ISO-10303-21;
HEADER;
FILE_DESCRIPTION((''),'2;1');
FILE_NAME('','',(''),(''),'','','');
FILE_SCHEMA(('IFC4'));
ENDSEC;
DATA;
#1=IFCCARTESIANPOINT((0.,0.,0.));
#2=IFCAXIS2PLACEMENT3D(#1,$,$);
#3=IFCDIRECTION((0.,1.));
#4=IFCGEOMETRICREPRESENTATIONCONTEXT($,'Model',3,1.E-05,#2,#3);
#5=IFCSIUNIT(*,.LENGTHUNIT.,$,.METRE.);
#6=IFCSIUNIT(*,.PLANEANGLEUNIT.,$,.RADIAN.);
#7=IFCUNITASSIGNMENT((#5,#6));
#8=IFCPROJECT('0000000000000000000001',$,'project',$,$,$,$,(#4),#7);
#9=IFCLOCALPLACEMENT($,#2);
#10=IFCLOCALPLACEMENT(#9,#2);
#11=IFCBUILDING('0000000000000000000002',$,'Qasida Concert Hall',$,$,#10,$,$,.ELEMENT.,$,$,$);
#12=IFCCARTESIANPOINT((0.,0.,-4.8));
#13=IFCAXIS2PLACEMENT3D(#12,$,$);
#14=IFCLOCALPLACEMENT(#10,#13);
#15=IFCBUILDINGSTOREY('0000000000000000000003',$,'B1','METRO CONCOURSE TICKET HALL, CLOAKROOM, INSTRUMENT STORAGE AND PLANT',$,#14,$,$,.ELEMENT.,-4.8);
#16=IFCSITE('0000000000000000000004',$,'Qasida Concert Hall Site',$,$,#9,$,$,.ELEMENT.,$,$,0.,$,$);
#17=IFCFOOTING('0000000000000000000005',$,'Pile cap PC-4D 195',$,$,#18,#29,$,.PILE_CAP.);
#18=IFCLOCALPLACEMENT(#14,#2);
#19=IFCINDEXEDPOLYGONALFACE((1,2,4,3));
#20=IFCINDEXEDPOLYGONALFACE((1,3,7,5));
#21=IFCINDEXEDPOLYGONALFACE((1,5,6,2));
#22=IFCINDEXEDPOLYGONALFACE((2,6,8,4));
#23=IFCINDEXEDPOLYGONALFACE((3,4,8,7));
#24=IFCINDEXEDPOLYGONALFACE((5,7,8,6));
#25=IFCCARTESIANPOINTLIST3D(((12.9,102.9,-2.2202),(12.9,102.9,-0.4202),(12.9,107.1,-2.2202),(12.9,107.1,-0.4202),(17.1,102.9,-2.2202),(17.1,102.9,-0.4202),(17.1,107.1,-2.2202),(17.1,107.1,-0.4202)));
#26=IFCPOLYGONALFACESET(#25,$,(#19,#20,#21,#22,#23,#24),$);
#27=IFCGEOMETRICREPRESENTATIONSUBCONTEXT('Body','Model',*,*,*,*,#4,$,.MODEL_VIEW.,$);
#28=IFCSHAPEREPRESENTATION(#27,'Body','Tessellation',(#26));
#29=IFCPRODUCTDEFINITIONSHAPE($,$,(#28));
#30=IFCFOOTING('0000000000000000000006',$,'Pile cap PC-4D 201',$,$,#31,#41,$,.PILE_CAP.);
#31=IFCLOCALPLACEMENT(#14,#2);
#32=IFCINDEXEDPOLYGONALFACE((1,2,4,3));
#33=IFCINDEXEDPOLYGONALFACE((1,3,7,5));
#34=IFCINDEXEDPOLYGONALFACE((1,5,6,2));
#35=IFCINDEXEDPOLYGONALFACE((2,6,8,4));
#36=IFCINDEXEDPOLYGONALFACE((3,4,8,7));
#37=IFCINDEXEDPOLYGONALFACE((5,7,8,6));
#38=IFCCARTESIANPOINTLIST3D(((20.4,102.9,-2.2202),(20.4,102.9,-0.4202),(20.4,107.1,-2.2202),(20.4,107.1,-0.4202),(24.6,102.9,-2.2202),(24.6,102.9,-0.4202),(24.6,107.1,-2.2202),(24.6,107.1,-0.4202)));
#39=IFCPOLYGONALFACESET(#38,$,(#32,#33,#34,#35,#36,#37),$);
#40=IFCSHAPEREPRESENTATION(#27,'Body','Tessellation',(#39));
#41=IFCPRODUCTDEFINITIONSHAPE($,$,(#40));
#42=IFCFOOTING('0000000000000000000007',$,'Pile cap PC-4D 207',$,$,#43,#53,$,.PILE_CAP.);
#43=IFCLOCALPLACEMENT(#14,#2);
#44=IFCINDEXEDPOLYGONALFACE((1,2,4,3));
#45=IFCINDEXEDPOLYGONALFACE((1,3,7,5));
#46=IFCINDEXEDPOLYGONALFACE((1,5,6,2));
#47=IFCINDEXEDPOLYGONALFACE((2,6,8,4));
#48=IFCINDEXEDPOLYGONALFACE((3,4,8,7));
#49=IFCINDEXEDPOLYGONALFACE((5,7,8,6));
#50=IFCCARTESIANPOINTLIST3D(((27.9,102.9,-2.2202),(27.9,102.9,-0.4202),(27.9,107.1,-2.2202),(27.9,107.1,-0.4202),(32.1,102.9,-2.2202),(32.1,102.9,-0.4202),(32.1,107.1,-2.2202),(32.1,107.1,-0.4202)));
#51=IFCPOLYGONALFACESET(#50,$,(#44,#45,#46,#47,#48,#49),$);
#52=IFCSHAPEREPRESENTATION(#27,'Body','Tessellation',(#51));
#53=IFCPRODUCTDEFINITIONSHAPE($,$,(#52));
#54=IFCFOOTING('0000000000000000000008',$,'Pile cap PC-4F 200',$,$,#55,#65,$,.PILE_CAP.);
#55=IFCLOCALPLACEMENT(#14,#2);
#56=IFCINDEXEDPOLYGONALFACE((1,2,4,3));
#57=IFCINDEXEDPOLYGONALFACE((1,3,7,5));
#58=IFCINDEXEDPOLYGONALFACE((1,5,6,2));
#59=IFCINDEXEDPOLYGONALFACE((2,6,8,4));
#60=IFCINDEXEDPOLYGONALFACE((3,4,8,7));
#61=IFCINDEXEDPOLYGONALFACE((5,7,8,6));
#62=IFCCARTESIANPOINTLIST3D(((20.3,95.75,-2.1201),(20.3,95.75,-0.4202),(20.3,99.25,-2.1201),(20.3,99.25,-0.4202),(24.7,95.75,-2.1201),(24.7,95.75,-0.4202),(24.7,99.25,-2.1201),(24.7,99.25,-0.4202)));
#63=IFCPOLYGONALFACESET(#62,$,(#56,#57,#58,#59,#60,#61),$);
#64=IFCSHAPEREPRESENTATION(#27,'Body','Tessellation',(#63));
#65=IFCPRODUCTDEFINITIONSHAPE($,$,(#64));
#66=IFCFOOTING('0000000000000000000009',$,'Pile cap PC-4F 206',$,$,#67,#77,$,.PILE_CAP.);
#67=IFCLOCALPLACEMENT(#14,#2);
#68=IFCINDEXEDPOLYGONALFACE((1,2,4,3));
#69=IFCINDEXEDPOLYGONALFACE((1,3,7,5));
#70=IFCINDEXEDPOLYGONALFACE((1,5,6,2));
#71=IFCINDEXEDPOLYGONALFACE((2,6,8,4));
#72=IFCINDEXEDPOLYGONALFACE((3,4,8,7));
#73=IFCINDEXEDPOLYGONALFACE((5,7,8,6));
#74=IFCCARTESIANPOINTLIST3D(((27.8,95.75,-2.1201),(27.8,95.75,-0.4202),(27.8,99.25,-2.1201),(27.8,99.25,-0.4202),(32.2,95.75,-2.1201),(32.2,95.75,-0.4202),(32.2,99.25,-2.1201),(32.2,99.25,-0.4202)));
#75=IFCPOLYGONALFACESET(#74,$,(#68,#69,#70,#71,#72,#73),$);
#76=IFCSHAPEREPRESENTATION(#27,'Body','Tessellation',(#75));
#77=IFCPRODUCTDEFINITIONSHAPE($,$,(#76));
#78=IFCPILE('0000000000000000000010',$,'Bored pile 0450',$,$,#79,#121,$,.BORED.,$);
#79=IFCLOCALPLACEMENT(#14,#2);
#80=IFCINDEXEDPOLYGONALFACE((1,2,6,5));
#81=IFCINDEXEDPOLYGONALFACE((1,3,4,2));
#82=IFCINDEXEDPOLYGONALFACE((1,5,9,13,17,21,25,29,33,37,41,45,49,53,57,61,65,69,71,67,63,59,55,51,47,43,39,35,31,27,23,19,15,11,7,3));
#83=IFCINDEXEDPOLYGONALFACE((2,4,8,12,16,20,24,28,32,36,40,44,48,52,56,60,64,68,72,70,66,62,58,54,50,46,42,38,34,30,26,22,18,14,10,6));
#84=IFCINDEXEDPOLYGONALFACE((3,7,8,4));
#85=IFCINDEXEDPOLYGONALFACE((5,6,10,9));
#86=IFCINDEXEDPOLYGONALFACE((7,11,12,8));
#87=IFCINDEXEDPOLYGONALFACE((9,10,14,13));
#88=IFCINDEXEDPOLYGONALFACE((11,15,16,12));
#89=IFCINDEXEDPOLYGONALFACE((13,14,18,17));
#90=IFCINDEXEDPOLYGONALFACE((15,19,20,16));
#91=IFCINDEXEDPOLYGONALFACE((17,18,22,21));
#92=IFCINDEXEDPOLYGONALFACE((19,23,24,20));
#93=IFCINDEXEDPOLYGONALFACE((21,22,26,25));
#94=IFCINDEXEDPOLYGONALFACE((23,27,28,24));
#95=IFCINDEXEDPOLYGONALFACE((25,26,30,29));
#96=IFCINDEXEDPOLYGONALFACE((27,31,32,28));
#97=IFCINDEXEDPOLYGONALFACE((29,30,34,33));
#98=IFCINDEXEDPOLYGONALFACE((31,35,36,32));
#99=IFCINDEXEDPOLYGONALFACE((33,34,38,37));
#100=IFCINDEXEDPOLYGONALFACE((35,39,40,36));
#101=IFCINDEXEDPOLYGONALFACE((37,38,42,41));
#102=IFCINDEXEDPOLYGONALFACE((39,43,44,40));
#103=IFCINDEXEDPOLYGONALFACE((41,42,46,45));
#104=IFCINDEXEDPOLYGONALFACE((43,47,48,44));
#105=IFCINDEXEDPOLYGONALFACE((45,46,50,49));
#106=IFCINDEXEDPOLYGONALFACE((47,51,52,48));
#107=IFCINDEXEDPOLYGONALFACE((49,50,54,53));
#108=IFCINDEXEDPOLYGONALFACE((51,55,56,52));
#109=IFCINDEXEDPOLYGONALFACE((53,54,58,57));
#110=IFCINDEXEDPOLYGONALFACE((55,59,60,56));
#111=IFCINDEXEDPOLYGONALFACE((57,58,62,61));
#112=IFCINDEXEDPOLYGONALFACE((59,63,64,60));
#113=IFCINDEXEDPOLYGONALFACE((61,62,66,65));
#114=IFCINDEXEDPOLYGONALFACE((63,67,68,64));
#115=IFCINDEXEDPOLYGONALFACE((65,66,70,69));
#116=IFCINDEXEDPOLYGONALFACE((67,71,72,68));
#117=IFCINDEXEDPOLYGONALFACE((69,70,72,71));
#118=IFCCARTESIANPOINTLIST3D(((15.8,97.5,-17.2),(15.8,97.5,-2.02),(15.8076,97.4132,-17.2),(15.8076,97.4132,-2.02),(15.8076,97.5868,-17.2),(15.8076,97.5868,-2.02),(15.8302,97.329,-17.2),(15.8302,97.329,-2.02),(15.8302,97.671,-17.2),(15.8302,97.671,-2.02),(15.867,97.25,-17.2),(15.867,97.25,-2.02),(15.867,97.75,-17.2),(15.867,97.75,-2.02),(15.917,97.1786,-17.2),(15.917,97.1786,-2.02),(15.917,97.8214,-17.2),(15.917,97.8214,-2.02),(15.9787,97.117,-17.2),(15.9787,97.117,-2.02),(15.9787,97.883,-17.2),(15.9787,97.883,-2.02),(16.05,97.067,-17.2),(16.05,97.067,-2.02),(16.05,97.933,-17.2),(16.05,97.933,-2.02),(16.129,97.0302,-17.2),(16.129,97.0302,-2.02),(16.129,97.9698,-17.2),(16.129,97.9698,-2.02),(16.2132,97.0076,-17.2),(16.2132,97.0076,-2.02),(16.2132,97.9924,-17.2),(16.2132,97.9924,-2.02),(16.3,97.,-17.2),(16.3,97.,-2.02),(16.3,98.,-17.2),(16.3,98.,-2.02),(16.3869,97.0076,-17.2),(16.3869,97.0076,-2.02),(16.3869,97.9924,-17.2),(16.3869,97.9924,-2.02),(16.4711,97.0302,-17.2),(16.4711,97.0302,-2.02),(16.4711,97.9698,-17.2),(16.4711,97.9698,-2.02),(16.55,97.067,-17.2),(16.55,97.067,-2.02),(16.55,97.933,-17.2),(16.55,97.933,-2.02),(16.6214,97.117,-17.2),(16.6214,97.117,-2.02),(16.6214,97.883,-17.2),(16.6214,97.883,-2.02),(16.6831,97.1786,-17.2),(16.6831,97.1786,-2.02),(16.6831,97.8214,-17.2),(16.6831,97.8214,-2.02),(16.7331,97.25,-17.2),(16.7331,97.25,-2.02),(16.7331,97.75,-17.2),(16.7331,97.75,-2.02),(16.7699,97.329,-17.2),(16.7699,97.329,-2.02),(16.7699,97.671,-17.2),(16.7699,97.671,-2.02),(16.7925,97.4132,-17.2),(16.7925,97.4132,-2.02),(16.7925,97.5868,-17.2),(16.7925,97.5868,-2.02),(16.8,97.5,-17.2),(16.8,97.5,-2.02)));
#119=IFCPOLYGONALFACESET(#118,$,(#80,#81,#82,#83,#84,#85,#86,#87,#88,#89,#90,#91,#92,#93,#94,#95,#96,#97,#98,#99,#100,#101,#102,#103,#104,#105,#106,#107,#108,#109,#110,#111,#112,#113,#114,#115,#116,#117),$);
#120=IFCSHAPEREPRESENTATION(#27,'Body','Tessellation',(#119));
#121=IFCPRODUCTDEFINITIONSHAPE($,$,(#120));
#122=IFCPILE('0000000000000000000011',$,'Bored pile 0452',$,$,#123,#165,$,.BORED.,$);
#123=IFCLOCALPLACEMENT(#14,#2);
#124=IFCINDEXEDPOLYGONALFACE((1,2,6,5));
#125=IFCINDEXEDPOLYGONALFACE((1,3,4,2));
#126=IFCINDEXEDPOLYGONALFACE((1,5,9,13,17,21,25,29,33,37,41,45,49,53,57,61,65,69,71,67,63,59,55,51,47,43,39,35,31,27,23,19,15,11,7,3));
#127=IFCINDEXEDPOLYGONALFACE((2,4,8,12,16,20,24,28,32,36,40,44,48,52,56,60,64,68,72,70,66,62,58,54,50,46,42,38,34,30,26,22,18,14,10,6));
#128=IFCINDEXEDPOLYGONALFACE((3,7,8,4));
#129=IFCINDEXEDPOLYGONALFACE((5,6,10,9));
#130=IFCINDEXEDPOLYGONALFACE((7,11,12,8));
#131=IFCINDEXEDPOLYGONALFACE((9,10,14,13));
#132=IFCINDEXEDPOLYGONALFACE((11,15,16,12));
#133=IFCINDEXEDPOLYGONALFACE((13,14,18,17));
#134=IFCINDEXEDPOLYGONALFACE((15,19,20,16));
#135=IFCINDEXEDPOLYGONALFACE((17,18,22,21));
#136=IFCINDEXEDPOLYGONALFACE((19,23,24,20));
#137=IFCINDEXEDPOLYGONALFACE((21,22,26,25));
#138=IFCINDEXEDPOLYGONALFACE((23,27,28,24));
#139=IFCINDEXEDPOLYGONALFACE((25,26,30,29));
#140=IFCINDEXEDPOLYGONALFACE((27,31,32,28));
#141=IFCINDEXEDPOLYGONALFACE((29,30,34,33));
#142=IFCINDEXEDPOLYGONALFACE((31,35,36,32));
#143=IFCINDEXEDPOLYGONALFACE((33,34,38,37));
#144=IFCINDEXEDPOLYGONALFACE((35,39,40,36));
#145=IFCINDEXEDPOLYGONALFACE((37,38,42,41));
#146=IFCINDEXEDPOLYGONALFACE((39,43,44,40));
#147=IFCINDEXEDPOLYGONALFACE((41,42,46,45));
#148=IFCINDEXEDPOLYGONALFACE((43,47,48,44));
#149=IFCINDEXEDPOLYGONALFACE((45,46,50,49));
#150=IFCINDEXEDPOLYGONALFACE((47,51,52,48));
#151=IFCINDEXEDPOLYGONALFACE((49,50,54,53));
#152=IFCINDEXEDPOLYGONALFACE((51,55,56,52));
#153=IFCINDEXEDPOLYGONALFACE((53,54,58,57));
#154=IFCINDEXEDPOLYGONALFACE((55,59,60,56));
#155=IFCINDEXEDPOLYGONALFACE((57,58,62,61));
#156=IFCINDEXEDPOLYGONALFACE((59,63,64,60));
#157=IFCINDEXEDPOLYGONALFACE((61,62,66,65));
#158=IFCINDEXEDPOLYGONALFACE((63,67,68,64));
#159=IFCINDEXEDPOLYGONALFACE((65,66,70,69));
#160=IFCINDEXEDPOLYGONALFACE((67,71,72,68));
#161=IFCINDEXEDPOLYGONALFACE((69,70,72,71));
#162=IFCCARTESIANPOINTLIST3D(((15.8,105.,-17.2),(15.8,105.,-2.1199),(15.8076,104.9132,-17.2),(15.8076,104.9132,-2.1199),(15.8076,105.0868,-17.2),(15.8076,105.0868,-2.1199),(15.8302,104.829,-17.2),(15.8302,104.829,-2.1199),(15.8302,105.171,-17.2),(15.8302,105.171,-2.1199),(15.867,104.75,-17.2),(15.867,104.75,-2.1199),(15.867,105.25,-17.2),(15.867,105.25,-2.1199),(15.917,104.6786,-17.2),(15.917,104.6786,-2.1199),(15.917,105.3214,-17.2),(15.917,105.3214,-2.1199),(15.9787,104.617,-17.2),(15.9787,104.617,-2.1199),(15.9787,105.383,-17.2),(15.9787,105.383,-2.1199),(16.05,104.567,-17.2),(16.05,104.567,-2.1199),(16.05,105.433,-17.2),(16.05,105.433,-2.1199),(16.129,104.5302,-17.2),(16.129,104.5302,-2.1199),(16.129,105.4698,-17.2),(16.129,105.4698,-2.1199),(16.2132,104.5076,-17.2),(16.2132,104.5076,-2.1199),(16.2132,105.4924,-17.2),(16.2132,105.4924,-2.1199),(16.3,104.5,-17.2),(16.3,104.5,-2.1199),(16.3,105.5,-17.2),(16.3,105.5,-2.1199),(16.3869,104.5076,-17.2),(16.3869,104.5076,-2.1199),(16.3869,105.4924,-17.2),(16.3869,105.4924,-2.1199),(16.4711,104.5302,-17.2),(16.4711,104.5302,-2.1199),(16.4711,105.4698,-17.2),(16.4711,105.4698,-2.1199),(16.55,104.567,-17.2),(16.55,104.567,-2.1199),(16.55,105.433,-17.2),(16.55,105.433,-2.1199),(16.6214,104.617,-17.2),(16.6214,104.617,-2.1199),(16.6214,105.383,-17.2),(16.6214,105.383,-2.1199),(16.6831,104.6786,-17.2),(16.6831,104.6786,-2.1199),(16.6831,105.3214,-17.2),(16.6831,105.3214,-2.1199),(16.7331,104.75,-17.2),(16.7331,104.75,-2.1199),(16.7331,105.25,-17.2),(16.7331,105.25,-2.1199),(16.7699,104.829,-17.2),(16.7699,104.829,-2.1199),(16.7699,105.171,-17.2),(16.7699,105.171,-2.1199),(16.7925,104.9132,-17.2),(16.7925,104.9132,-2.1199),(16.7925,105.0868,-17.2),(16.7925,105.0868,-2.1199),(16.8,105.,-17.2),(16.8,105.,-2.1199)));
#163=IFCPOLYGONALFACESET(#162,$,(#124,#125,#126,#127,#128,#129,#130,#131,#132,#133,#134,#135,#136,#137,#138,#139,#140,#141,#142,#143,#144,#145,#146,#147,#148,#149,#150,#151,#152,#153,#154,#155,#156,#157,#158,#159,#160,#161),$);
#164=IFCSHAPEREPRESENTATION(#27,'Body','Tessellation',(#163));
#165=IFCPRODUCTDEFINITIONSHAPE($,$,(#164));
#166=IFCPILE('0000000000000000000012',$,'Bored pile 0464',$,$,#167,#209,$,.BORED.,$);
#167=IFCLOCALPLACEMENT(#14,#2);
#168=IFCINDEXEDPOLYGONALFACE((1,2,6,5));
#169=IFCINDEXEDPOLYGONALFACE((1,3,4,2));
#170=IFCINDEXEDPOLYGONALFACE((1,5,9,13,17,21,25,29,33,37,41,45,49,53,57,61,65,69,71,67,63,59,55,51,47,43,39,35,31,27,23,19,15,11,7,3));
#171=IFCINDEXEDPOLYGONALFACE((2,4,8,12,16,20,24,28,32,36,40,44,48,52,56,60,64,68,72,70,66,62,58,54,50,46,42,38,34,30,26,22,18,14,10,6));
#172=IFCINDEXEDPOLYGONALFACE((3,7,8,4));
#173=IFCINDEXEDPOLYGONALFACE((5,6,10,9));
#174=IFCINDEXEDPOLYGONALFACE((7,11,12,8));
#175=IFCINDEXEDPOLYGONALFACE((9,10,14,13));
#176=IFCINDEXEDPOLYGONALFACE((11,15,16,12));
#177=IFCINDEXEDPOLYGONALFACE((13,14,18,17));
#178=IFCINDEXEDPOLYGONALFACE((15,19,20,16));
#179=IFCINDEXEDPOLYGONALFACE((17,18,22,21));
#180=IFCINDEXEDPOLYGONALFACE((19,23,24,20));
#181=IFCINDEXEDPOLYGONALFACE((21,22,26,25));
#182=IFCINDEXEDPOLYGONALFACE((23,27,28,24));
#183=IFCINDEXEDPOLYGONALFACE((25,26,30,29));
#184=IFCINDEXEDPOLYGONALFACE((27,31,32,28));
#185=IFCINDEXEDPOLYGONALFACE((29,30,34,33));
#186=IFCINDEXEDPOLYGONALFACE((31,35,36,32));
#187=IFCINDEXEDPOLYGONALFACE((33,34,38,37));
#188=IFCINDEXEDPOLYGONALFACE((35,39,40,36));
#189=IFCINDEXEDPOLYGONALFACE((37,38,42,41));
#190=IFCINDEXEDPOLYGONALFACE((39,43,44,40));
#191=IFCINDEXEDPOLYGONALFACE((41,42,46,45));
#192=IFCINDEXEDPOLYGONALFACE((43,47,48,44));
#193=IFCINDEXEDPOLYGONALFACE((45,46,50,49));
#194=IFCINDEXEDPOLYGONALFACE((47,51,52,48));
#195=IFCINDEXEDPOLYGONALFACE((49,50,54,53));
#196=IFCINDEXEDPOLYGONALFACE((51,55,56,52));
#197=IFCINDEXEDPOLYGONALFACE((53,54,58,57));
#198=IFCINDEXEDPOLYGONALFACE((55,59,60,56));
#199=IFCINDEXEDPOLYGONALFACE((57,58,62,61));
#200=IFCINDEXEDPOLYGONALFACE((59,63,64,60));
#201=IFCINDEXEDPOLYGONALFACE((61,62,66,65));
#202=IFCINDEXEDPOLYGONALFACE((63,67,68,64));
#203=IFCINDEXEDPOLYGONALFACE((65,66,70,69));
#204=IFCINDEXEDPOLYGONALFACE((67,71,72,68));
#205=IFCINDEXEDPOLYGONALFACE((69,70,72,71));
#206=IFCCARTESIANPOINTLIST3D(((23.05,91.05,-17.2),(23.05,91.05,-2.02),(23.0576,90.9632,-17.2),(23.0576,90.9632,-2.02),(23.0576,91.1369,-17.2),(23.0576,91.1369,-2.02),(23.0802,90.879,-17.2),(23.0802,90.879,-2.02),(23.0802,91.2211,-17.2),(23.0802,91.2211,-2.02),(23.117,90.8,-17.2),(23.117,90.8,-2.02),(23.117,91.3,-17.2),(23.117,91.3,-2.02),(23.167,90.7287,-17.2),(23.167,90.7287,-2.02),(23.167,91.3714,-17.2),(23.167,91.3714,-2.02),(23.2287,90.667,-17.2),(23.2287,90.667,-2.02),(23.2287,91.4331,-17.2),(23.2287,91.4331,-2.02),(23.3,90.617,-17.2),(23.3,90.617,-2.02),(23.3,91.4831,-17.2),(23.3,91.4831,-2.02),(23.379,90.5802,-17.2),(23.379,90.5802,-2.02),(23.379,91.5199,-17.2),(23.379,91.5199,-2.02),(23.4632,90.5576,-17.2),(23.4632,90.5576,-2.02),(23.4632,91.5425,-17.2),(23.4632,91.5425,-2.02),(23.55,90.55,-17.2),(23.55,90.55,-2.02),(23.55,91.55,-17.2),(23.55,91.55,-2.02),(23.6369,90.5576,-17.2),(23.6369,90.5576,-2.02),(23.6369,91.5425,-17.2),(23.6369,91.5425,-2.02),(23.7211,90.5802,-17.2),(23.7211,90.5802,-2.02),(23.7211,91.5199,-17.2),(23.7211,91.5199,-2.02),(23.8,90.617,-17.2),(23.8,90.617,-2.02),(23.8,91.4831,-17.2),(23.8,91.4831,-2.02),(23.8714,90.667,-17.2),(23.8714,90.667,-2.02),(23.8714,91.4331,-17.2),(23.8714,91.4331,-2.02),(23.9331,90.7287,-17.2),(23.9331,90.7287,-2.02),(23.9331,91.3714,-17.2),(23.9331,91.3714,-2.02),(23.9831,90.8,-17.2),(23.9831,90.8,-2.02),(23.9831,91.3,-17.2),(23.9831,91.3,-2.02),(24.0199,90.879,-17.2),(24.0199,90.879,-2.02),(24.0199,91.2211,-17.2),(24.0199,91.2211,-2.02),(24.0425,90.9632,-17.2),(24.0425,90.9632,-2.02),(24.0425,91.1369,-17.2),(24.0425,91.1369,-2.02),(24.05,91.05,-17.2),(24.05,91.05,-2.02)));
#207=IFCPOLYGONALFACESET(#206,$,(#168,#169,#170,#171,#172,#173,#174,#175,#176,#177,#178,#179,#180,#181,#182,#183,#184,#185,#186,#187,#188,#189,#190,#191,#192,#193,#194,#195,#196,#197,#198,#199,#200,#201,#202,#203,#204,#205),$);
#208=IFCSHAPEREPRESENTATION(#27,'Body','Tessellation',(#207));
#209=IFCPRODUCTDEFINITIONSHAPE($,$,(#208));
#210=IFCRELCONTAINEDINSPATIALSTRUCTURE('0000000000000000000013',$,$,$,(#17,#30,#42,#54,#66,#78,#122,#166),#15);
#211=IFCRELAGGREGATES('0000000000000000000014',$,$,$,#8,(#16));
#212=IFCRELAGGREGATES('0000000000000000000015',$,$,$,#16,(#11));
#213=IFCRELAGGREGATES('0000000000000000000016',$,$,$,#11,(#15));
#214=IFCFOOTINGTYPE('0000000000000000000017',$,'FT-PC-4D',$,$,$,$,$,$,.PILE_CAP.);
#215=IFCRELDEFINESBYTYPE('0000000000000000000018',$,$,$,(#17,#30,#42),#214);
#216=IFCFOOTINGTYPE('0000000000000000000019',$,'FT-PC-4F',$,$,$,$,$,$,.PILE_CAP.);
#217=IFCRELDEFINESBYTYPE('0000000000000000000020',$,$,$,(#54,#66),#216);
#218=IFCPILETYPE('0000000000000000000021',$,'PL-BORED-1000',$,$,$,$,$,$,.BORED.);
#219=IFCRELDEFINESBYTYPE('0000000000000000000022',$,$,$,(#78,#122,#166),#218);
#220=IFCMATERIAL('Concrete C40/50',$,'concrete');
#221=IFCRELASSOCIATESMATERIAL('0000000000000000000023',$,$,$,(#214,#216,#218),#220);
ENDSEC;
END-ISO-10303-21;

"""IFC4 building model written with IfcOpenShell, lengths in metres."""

from ifc_helpers import new_model, si_unit, direction, frame, origin, origin_2d, place, context, subcontext, project, spatial, rectangle, circle, extrude, material, material_profile, profile_set, type_object, element, save


model = new_model("IFC4")

# Units and contexts
model_context = context("Model", 3, precision=1e-05, world=origin(), true_north=direction((0.0, 1.0)))
body_context = subcontext(model_context, "Body", "Model", "MODEL_VIEW")
ifc_project = project(units=[si_unit("LENGTHUNIT", "METRE"), si_unit("PLANEANGLEUNIT", "RADIAN")], contexts=[model_context])

# Site, building, storey
site_placement = place(None, origin())
site = spatial("IfcSite", under=ifc_project, at=site_placement, Name="Qasida Concert Hall Site", CompositionType="ELEMENT", RefElevation=0.0)
building_placement = place(site_placement, origin())
building = spatial("IfcBuilding", under=site, at=building_placement, Name="Qasida Concert Hall", CompositionType="ELEMENT")
storey_placement = place(building_placement, frame((0.0, 0.0, -4.8)))
storey = spatial("IfcBuildingStorey", under=building, at=storey_placement, Name="B1", Description="METRO CONCOURSE TICKET HALL, CLOAKROOM, INSTRUMENT STORAGE AND PLANT", CompositionType="ELEMENT", Elevation=-4.8)

# Footings
ifc_material_1 = material(Name="Concrete C40/50", Category="concrete")
footing_type_1 = type_object("IfcFootingType", Name="FT-PC-4D", PredefinedType="PILE_CAP", material=ifc_material_1)
for number, where, z_axis, x_axis, name in (
    (1, (15.0, 105.0, -2.2202), (0.0, 0.0, 1.0), (1.0, 0.0, 0.0), "Pile cap PC-4D 195"),
    (2, (22.5, 105.0, -2.2202), (0.0, 0.0, 1.0), (1.0, 0.0, 0.0), "Pile cap PC-4D 201"),
    (3, (30.0, 105.0, -2.2202), (0.0, 0.0, 1.0), (1.0, 0.0, 0.0), "Pile cap PC-4D 207"),
):
    element("IfcFooting", number, at=place(storey_placement, frame(where, z_axis=z_axis, x_axis=x_axis)), inside=storey, type_object=footing_type_1, Name=name, PredefinedType="PILE_CAP", context=body_context, shape_type="SweptSolid", body=[
        extrude(rectangle(XDim=4.2, YDim=4.2, at=origin_2d()), origin(), (0.0, 0.0, 1.0), 1.8),
    ])
footing_type_2 = type_object("IfcFootingType", Name="FT-PC-4F", PredefinedType="PILE_CAP", material=ifc_material_1)
for number, where, z_axis, x_axis, name in (
    (4, (22.5, 97.5, -2.1201), (0.0, 0.0, 1.0), (1.0, 0.0, 0.0), "Pile cap PC-4F 200"),
    (5, (30.0, 97.5, -2.1201), (0.0, 0.0, 1.0), (1.0, 0.0, 0.0), "Pile cap PC-4F 206"),
):
    element("IfcFooting", number, at=place(storey_placement, frame(where, z_axis=z_axis, x_axis=x_axis)), inside=storey, type_object=footing_type_2, Name=name, PredefinedType="PILE_CAP", context=body_context, shape_type="SweptSolid", body=[
        extrude(rectangle(XDim=4.3999, YDim=3.5, at=origin_2d()), origin(), (0.0, 0.0, 1.0), 1.7),
    ])

# Piles
ifc_material_profile_1 = material_profile(ifc_material_1, circle(Radius=0.5, at=origin_2d()), Name="BORED PILE D1000")
ifc_profile_set_1 = profile_set([ifc_material_profile_1], Name="Concrete C40/50")
pile_type = type_object("IfcPileType", Name="PL-BORED-1000", PredefinedType="BORED", material=ifc_profile_set_1)
pile_1_placement = place(storey_placement, frame((16.3, 97.5, -2.02), z_axis=(0.0, 0.0, -1.0), x_axis=(1.0, 0.0, 0.0)))
element("IfcPile", 6, at=pile_1_placement, inside=storey, type_object=pile_type, Name="Bored pile 0450", PredefinedType="BORED", context=body_context, shape_type="SweptSolid", body=[
    extrude(circle(Radius=0.5, at=origin_2d()), origin(), (0.0, 0.0, 1.0), 15.1799),
])
pile_2_placement = place(storey_placement, frame((16.3, 105.0, -2.1199), z_axis=(0.0, 0.0, -1.0), x_axis=(1.0, 0.0, 0.0)))
element("IfcPile", 7, at=pile_2_placement, inside=storey, type_object=pile_type, Name="Bored pile 0452", PredefinedType="BORED", context=body_context, shape_type="SweptSolid", body=[
    extrude(circle(Radius=0.5, at=origin_2d()), origin(), (0.0, 0.0, 1.0), 15.0801),
])
for number, where, z_axis, x_axis, name in (
    (8, (23.55, 91.05, -2.02), (0.0, 0.0, -1.0), (1.0, 0.0, 0.0), "Bored pile 0464"),
):
    element("IfcPile", number, at=place(storey_placement, frame(where, z_axis=z_axis, x_axis=x_axis)), inside=storey, type_object=pile_type, Name=name, PredefinedType="BORED", context=body_context, shape_type="SweptSolid", body=[
        extrude(circle(Radius=0.5, at=origin_2d()), origin(), (0.0, 0.0, 1.0), 15.1799),
    ])

save(model, "model.ifc")
